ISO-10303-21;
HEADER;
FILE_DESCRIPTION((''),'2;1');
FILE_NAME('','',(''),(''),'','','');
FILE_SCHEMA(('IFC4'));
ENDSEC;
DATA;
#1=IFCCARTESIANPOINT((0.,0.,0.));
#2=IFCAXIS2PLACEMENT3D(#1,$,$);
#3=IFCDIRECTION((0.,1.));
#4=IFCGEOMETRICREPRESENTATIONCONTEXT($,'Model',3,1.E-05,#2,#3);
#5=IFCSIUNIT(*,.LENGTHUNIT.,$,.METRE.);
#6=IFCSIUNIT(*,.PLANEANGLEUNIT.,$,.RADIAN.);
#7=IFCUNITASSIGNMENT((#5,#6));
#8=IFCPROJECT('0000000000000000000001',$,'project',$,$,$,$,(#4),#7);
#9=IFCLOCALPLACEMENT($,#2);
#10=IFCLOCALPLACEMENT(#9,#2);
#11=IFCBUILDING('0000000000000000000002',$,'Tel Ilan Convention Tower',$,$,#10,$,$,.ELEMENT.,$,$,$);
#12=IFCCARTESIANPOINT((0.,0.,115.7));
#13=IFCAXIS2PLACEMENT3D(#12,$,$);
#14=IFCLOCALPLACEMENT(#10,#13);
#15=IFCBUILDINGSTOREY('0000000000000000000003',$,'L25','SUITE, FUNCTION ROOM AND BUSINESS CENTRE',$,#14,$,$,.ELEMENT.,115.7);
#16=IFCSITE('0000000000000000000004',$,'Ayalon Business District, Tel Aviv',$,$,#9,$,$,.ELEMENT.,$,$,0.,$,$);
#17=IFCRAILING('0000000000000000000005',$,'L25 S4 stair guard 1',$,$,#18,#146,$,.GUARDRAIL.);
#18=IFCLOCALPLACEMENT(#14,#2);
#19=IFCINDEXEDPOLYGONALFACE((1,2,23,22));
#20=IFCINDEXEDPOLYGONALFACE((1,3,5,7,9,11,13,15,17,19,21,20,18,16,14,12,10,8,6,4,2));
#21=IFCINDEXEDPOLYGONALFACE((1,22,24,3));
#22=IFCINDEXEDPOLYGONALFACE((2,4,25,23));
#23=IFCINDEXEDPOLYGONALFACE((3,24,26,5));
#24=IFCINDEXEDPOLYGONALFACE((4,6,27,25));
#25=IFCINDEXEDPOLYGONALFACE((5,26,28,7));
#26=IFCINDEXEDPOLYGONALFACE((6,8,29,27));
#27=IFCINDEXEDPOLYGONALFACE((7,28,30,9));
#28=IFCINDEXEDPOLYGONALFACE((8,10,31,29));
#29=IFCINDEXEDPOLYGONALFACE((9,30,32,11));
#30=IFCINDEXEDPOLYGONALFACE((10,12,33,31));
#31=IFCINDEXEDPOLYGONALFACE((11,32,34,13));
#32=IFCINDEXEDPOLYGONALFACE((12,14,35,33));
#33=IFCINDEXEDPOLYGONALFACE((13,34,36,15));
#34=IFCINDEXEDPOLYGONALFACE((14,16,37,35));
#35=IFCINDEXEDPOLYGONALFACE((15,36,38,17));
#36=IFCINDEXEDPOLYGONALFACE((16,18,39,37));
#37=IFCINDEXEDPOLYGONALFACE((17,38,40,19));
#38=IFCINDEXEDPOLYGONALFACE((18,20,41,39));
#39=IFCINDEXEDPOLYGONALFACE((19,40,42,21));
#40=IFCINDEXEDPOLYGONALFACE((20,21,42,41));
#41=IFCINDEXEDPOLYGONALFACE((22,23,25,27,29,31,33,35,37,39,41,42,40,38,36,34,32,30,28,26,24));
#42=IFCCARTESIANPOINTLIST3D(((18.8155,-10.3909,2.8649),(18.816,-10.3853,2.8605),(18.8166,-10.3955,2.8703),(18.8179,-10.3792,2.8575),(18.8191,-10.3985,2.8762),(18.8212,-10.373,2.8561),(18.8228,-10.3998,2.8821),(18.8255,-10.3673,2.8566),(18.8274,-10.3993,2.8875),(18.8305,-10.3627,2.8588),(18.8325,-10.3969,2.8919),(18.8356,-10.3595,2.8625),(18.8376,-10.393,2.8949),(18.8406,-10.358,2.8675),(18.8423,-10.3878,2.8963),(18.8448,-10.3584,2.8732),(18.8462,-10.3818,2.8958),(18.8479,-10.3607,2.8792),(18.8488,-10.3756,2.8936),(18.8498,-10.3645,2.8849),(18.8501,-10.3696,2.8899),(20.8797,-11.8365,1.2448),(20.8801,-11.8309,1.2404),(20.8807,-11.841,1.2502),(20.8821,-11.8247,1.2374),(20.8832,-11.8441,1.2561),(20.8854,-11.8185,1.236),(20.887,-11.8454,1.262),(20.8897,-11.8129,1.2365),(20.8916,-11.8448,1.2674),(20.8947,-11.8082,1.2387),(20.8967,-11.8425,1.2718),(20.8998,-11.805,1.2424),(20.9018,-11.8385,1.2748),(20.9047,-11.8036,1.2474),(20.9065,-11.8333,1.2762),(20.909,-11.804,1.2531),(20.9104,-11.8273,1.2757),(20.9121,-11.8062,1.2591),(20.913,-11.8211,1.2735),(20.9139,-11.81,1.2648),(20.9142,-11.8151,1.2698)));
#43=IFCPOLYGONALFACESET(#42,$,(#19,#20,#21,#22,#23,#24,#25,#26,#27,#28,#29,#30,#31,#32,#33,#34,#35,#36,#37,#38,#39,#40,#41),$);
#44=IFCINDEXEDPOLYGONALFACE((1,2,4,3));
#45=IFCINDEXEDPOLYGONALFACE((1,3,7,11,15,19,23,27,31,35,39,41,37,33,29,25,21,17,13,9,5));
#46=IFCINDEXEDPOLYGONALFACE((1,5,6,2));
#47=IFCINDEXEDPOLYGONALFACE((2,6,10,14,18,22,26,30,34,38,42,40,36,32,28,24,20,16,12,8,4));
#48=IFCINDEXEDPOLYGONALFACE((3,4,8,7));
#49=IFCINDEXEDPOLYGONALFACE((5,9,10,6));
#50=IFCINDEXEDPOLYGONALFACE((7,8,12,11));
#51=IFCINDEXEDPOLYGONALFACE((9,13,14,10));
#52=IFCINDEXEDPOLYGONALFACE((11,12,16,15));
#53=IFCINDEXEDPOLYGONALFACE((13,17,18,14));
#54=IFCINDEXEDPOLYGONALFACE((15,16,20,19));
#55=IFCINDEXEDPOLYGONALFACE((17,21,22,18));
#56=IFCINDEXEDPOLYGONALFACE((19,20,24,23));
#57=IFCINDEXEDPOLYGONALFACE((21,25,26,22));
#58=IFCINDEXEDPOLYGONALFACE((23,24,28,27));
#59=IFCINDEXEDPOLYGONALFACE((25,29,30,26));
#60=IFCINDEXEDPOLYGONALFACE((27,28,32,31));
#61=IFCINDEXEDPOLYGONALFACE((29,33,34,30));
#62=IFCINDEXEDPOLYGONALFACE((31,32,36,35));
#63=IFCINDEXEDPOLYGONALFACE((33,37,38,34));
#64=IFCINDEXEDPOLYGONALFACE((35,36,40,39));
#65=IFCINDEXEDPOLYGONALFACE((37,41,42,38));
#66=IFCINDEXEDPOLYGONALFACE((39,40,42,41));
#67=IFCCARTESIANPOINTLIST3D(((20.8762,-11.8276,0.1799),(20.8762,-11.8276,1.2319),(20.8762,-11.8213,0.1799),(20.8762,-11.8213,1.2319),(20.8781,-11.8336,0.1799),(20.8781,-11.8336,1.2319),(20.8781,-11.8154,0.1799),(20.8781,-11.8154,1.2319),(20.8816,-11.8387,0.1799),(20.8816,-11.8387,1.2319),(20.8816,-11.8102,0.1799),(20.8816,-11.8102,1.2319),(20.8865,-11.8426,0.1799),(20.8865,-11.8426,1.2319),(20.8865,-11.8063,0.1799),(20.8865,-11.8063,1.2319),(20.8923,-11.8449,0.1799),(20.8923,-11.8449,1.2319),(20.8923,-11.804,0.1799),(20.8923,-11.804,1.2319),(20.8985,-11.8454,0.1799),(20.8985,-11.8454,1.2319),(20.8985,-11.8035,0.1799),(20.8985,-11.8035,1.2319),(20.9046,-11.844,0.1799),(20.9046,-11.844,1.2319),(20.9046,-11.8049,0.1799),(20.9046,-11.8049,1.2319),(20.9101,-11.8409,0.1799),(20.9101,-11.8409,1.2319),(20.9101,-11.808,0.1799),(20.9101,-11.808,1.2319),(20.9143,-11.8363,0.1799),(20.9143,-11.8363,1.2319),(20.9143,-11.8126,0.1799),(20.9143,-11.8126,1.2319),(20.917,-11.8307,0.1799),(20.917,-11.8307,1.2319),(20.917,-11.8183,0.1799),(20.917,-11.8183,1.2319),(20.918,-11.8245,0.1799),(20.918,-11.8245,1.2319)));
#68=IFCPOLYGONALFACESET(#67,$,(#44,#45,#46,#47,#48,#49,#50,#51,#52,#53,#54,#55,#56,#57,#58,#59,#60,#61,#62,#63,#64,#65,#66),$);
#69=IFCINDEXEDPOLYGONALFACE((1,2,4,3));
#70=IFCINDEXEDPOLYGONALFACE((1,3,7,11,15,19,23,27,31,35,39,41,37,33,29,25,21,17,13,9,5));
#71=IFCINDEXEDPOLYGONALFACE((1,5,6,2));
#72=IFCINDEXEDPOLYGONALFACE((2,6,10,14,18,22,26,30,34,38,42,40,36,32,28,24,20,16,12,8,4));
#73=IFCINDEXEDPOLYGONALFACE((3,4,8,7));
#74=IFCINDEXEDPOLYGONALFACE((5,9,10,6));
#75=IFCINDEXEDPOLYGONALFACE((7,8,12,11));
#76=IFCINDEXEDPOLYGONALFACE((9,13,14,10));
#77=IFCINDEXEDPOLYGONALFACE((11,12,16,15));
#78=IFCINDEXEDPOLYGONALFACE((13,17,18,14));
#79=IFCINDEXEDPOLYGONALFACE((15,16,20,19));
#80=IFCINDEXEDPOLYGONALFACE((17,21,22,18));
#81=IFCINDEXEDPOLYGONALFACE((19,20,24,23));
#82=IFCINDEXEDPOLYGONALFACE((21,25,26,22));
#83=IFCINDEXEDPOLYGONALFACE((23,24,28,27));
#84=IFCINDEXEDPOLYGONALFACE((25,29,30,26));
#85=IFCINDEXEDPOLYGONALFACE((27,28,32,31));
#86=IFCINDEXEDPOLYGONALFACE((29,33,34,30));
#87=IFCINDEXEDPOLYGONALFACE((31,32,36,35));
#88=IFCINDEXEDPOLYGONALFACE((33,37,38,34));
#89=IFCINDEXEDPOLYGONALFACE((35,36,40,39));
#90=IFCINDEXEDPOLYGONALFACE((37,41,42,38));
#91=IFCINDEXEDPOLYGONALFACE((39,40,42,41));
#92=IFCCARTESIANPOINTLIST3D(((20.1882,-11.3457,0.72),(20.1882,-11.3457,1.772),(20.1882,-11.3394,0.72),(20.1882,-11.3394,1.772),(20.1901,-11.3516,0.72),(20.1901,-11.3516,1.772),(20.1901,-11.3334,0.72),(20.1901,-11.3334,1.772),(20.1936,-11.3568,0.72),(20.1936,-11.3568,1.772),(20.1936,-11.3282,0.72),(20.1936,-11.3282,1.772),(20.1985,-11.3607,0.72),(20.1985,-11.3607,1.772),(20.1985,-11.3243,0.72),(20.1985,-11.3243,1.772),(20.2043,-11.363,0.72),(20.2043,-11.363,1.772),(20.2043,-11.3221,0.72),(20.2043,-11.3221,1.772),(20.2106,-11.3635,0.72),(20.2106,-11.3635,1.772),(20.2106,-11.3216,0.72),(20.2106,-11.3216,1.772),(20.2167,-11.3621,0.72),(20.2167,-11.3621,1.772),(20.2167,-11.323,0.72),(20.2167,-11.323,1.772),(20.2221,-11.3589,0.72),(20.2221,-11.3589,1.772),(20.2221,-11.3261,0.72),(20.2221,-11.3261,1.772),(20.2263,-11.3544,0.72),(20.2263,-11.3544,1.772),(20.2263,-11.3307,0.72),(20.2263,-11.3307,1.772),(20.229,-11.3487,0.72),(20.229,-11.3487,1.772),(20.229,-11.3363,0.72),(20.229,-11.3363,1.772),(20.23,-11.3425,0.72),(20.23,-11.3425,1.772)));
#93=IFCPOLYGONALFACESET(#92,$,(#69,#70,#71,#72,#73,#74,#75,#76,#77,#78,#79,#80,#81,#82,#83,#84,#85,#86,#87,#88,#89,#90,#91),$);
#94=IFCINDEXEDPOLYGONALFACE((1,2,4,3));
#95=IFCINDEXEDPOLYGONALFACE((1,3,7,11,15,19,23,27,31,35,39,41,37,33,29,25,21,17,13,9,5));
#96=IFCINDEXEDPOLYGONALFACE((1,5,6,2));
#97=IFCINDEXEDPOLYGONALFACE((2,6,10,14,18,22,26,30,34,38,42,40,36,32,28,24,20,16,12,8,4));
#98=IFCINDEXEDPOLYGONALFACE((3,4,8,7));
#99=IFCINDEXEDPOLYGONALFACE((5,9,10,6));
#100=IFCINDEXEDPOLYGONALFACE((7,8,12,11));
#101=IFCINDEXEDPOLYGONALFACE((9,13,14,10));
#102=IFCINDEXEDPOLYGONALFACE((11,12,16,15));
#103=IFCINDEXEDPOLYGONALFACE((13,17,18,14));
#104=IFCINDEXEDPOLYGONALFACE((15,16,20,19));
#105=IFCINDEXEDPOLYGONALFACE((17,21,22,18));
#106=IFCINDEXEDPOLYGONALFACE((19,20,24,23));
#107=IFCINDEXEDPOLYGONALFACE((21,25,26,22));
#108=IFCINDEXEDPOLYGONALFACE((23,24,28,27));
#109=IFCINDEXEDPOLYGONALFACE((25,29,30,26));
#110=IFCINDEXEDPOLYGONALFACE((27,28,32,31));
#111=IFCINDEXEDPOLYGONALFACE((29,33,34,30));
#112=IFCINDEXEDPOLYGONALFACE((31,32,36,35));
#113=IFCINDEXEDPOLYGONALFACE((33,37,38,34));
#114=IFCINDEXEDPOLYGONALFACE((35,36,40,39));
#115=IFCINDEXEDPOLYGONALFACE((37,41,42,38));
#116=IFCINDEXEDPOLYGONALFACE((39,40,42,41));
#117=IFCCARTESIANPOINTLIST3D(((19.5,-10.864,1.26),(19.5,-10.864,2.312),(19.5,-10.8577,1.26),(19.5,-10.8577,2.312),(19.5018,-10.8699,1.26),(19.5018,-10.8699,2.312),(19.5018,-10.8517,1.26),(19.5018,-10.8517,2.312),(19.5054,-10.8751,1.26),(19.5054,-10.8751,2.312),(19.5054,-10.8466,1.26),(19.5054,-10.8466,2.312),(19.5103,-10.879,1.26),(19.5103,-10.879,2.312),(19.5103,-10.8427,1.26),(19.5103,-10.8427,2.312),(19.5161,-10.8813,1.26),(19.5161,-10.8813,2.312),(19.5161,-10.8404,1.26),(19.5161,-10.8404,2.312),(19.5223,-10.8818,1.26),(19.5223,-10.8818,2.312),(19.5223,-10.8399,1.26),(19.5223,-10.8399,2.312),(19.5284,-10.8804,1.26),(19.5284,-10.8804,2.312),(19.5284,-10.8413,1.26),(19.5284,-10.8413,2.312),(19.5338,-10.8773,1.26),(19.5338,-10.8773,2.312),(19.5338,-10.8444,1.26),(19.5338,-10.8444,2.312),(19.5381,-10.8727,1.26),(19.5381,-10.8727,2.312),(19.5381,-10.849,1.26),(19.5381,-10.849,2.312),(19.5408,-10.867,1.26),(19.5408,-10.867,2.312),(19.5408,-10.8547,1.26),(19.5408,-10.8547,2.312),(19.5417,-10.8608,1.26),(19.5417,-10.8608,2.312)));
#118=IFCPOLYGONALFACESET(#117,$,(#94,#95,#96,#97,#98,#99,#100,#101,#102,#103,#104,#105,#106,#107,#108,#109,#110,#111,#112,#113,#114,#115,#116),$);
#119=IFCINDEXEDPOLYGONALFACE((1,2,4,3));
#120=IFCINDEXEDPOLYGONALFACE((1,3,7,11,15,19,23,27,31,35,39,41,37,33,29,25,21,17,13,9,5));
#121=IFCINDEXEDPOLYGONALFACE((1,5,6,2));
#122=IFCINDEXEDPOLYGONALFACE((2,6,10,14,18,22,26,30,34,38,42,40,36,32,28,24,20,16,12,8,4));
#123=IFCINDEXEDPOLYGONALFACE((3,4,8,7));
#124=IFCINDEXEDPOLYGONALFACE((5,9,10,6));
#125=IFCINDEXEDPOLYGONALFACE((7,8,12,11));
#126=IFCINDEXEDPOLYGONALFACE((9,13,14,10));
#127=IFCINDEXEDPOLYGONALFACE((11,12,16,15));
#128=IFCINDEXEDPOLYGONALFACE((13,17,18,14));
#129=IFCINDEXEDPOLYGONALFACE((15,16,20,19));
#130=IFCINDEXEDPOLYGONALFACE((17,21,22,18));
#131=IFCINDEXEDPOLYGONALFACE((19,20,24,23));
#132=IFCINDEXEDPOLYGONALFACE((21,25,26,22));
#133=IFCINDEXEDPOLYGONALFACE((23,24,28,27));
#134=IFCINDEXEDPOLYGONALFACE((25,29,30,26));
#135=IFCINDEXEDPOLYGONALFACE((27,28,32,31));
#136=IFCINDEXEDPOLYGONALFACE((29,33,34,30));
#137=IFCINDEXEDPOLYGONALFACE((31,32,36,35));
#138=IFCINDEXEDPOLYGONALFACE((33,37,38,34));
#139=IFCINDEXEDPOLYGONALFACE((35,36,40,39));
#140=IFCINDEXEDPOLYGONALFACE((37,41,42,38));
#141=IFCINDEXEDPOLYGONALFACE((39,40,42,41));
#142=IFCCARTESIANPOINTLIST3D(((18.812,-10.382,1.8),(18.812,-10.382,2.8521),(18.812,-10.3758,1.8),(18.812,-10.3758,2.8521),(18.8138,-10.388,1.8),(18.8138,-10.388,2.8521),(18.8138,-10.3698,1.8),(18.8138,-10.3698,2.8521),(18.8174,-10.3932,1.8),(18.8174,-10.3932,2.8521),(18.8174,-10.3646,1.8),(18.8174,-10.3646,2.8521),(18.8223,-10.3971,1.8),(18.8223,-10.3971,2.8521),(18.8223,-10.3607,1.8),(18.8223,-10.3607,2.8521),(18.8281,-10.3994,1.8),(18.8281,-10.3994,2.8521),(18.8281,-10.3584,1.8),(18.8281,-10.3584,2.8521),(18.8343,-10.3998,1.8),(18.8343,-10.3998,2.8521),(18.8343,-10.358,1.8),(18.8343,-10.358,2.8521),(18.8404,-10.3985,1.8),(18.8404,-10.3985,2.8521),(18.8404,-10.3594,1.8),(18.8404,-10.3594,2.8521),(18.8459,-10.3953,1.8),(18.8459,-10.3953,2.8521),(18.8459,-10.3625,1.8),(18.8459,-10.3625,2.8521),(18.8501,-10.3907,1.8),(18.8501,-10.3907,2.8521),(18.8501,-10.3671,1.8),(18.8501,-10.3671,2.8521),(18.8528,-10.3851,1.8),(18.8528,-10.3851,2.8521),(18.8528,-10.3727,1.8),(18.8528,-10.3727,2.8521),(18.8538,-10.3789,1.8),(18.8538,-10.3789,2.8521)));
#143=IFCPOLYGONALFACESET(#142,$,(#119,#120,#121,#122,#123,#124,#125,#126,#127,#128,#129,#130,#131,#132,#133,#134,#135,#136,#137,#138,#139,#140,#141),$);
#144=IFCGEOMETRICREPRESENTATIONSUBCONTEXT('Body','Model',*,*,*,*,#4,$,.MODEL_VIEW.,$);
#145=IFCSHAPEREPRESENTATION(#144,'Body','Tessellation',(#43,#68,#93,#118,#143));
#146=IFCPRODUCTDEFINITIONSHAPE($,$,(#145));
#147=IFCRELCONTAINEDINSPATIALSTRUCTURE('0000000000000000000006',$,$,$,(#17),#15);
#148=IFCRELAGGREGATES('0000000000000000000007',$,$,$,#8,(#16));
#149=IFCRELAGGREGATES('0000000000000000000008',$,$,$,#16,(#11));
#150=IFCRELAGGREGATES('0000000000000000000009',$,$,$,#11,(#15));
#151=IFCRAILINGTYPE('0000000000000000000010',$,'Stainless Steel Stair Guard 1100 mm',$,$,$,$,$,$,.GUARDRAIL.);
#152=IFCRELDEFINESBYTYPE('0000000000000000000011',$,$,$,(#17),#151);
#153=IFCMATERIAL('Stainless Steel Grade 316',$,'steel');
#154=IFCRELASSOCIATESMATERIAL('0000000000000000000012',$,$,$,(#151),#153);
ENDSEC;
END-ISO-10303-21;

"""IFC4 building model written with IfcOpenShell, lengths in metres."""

from ifc_helpers import new_model, si_unit, direction, frame, origin, origin_2d, place, context, subcontext, project, spatial, circle, extrude, material, type_object, element, save


model = new_model("IFC4")

# Units and contexts
model_context = context("Model", 3, precision=1e-05, world=origin(), true_north=direction((0.0, 1.0)))
body_context = subcontext(model_context, "Body", "Model", "MODEL_VIEW")
ifc_project = project(units=[si_unit("LENGTHUNIT", "METRE"), si_unit("PLANEANGLEUNIT", "RADIAN")], contexts=[model_context])

# Site, building, storey
site_placement = place(None, origin())
site = spatial("IfcSite", under=ifc_project, at=site_placement, Name="Ayalon Business District, Tel Aviv", CompositionType="ELEMENT", RefElevation=0.0)
building_placement = place(site_placement, origin())
building = spatial("IfcBuilding", under=site, at=building_placement, Name="Tel Ilan Convention Tower", CompositionType="ELEMENT")
storey_placement = place(building_placement, frame((0.0, 0.0, 115.7)))
storey = spatial("IfcBuildingStorey", under=building, at=storey_placement, Name="L25", Description="SUITE, FUNCTION ROOM AND BUSINESS CENTRE", CompositionType="ELEMENT", Elevation=115.7)

# Railing
ifc_material_1 = material(Name="Stainless Steel Grade 316", Category="steel")
railing_type_1 = type_object("IfcRailingType", Name="Stainless Steel Stair Guard 1100 mm", PredefinedType="GUARDRAIL", material=ifc_material_1)
railing_1_placement = place(storey_placement, frame((20.897, -11.8245, 0.1799)))
element("IfcRailing", 1, at=railing_1_placement, inside=storey, type_object=railing_type_1, Name="L25 S4 stair guard 1", PredefinedType="GUARDRAIL", context=body_context, shape_type="SweptSolid", body=[
    extrude(circle(Radius=0.0239, at=origin_2d()), frame((0.0, 0.0, 1.0762), z_axis=(-0.689013, 0.482513, 0.540779), x_axis=(-0.573625, -0.819118, 0.0)), (0.0, 0.0, 1.0), 2.9958),
    extrude(circle(Radius=0.021, at=origin_2d()), origin(), (0.0, 0.0, 1.0), 1.052),
    extrude(circle(Radius=0.021, at=origin_2d()), frame((-0.688, 0.4819, 0.54)), (0.0, 0.0, 1.0), 1.052),
    extrude(circle(Radius=0.021, at=origin_2d()), frame((-1.3762, 0.9636, 1.0801)), (0.0, 0.0, 1.0), 1.052),
    extrude(circle(Radius=0.021, at=origin_2d()), frame((-2.0642, 1.4456, 1.6201)), (0.0, 0.0, 1.0), 1.052),
])

save(model, "model.ifc")
